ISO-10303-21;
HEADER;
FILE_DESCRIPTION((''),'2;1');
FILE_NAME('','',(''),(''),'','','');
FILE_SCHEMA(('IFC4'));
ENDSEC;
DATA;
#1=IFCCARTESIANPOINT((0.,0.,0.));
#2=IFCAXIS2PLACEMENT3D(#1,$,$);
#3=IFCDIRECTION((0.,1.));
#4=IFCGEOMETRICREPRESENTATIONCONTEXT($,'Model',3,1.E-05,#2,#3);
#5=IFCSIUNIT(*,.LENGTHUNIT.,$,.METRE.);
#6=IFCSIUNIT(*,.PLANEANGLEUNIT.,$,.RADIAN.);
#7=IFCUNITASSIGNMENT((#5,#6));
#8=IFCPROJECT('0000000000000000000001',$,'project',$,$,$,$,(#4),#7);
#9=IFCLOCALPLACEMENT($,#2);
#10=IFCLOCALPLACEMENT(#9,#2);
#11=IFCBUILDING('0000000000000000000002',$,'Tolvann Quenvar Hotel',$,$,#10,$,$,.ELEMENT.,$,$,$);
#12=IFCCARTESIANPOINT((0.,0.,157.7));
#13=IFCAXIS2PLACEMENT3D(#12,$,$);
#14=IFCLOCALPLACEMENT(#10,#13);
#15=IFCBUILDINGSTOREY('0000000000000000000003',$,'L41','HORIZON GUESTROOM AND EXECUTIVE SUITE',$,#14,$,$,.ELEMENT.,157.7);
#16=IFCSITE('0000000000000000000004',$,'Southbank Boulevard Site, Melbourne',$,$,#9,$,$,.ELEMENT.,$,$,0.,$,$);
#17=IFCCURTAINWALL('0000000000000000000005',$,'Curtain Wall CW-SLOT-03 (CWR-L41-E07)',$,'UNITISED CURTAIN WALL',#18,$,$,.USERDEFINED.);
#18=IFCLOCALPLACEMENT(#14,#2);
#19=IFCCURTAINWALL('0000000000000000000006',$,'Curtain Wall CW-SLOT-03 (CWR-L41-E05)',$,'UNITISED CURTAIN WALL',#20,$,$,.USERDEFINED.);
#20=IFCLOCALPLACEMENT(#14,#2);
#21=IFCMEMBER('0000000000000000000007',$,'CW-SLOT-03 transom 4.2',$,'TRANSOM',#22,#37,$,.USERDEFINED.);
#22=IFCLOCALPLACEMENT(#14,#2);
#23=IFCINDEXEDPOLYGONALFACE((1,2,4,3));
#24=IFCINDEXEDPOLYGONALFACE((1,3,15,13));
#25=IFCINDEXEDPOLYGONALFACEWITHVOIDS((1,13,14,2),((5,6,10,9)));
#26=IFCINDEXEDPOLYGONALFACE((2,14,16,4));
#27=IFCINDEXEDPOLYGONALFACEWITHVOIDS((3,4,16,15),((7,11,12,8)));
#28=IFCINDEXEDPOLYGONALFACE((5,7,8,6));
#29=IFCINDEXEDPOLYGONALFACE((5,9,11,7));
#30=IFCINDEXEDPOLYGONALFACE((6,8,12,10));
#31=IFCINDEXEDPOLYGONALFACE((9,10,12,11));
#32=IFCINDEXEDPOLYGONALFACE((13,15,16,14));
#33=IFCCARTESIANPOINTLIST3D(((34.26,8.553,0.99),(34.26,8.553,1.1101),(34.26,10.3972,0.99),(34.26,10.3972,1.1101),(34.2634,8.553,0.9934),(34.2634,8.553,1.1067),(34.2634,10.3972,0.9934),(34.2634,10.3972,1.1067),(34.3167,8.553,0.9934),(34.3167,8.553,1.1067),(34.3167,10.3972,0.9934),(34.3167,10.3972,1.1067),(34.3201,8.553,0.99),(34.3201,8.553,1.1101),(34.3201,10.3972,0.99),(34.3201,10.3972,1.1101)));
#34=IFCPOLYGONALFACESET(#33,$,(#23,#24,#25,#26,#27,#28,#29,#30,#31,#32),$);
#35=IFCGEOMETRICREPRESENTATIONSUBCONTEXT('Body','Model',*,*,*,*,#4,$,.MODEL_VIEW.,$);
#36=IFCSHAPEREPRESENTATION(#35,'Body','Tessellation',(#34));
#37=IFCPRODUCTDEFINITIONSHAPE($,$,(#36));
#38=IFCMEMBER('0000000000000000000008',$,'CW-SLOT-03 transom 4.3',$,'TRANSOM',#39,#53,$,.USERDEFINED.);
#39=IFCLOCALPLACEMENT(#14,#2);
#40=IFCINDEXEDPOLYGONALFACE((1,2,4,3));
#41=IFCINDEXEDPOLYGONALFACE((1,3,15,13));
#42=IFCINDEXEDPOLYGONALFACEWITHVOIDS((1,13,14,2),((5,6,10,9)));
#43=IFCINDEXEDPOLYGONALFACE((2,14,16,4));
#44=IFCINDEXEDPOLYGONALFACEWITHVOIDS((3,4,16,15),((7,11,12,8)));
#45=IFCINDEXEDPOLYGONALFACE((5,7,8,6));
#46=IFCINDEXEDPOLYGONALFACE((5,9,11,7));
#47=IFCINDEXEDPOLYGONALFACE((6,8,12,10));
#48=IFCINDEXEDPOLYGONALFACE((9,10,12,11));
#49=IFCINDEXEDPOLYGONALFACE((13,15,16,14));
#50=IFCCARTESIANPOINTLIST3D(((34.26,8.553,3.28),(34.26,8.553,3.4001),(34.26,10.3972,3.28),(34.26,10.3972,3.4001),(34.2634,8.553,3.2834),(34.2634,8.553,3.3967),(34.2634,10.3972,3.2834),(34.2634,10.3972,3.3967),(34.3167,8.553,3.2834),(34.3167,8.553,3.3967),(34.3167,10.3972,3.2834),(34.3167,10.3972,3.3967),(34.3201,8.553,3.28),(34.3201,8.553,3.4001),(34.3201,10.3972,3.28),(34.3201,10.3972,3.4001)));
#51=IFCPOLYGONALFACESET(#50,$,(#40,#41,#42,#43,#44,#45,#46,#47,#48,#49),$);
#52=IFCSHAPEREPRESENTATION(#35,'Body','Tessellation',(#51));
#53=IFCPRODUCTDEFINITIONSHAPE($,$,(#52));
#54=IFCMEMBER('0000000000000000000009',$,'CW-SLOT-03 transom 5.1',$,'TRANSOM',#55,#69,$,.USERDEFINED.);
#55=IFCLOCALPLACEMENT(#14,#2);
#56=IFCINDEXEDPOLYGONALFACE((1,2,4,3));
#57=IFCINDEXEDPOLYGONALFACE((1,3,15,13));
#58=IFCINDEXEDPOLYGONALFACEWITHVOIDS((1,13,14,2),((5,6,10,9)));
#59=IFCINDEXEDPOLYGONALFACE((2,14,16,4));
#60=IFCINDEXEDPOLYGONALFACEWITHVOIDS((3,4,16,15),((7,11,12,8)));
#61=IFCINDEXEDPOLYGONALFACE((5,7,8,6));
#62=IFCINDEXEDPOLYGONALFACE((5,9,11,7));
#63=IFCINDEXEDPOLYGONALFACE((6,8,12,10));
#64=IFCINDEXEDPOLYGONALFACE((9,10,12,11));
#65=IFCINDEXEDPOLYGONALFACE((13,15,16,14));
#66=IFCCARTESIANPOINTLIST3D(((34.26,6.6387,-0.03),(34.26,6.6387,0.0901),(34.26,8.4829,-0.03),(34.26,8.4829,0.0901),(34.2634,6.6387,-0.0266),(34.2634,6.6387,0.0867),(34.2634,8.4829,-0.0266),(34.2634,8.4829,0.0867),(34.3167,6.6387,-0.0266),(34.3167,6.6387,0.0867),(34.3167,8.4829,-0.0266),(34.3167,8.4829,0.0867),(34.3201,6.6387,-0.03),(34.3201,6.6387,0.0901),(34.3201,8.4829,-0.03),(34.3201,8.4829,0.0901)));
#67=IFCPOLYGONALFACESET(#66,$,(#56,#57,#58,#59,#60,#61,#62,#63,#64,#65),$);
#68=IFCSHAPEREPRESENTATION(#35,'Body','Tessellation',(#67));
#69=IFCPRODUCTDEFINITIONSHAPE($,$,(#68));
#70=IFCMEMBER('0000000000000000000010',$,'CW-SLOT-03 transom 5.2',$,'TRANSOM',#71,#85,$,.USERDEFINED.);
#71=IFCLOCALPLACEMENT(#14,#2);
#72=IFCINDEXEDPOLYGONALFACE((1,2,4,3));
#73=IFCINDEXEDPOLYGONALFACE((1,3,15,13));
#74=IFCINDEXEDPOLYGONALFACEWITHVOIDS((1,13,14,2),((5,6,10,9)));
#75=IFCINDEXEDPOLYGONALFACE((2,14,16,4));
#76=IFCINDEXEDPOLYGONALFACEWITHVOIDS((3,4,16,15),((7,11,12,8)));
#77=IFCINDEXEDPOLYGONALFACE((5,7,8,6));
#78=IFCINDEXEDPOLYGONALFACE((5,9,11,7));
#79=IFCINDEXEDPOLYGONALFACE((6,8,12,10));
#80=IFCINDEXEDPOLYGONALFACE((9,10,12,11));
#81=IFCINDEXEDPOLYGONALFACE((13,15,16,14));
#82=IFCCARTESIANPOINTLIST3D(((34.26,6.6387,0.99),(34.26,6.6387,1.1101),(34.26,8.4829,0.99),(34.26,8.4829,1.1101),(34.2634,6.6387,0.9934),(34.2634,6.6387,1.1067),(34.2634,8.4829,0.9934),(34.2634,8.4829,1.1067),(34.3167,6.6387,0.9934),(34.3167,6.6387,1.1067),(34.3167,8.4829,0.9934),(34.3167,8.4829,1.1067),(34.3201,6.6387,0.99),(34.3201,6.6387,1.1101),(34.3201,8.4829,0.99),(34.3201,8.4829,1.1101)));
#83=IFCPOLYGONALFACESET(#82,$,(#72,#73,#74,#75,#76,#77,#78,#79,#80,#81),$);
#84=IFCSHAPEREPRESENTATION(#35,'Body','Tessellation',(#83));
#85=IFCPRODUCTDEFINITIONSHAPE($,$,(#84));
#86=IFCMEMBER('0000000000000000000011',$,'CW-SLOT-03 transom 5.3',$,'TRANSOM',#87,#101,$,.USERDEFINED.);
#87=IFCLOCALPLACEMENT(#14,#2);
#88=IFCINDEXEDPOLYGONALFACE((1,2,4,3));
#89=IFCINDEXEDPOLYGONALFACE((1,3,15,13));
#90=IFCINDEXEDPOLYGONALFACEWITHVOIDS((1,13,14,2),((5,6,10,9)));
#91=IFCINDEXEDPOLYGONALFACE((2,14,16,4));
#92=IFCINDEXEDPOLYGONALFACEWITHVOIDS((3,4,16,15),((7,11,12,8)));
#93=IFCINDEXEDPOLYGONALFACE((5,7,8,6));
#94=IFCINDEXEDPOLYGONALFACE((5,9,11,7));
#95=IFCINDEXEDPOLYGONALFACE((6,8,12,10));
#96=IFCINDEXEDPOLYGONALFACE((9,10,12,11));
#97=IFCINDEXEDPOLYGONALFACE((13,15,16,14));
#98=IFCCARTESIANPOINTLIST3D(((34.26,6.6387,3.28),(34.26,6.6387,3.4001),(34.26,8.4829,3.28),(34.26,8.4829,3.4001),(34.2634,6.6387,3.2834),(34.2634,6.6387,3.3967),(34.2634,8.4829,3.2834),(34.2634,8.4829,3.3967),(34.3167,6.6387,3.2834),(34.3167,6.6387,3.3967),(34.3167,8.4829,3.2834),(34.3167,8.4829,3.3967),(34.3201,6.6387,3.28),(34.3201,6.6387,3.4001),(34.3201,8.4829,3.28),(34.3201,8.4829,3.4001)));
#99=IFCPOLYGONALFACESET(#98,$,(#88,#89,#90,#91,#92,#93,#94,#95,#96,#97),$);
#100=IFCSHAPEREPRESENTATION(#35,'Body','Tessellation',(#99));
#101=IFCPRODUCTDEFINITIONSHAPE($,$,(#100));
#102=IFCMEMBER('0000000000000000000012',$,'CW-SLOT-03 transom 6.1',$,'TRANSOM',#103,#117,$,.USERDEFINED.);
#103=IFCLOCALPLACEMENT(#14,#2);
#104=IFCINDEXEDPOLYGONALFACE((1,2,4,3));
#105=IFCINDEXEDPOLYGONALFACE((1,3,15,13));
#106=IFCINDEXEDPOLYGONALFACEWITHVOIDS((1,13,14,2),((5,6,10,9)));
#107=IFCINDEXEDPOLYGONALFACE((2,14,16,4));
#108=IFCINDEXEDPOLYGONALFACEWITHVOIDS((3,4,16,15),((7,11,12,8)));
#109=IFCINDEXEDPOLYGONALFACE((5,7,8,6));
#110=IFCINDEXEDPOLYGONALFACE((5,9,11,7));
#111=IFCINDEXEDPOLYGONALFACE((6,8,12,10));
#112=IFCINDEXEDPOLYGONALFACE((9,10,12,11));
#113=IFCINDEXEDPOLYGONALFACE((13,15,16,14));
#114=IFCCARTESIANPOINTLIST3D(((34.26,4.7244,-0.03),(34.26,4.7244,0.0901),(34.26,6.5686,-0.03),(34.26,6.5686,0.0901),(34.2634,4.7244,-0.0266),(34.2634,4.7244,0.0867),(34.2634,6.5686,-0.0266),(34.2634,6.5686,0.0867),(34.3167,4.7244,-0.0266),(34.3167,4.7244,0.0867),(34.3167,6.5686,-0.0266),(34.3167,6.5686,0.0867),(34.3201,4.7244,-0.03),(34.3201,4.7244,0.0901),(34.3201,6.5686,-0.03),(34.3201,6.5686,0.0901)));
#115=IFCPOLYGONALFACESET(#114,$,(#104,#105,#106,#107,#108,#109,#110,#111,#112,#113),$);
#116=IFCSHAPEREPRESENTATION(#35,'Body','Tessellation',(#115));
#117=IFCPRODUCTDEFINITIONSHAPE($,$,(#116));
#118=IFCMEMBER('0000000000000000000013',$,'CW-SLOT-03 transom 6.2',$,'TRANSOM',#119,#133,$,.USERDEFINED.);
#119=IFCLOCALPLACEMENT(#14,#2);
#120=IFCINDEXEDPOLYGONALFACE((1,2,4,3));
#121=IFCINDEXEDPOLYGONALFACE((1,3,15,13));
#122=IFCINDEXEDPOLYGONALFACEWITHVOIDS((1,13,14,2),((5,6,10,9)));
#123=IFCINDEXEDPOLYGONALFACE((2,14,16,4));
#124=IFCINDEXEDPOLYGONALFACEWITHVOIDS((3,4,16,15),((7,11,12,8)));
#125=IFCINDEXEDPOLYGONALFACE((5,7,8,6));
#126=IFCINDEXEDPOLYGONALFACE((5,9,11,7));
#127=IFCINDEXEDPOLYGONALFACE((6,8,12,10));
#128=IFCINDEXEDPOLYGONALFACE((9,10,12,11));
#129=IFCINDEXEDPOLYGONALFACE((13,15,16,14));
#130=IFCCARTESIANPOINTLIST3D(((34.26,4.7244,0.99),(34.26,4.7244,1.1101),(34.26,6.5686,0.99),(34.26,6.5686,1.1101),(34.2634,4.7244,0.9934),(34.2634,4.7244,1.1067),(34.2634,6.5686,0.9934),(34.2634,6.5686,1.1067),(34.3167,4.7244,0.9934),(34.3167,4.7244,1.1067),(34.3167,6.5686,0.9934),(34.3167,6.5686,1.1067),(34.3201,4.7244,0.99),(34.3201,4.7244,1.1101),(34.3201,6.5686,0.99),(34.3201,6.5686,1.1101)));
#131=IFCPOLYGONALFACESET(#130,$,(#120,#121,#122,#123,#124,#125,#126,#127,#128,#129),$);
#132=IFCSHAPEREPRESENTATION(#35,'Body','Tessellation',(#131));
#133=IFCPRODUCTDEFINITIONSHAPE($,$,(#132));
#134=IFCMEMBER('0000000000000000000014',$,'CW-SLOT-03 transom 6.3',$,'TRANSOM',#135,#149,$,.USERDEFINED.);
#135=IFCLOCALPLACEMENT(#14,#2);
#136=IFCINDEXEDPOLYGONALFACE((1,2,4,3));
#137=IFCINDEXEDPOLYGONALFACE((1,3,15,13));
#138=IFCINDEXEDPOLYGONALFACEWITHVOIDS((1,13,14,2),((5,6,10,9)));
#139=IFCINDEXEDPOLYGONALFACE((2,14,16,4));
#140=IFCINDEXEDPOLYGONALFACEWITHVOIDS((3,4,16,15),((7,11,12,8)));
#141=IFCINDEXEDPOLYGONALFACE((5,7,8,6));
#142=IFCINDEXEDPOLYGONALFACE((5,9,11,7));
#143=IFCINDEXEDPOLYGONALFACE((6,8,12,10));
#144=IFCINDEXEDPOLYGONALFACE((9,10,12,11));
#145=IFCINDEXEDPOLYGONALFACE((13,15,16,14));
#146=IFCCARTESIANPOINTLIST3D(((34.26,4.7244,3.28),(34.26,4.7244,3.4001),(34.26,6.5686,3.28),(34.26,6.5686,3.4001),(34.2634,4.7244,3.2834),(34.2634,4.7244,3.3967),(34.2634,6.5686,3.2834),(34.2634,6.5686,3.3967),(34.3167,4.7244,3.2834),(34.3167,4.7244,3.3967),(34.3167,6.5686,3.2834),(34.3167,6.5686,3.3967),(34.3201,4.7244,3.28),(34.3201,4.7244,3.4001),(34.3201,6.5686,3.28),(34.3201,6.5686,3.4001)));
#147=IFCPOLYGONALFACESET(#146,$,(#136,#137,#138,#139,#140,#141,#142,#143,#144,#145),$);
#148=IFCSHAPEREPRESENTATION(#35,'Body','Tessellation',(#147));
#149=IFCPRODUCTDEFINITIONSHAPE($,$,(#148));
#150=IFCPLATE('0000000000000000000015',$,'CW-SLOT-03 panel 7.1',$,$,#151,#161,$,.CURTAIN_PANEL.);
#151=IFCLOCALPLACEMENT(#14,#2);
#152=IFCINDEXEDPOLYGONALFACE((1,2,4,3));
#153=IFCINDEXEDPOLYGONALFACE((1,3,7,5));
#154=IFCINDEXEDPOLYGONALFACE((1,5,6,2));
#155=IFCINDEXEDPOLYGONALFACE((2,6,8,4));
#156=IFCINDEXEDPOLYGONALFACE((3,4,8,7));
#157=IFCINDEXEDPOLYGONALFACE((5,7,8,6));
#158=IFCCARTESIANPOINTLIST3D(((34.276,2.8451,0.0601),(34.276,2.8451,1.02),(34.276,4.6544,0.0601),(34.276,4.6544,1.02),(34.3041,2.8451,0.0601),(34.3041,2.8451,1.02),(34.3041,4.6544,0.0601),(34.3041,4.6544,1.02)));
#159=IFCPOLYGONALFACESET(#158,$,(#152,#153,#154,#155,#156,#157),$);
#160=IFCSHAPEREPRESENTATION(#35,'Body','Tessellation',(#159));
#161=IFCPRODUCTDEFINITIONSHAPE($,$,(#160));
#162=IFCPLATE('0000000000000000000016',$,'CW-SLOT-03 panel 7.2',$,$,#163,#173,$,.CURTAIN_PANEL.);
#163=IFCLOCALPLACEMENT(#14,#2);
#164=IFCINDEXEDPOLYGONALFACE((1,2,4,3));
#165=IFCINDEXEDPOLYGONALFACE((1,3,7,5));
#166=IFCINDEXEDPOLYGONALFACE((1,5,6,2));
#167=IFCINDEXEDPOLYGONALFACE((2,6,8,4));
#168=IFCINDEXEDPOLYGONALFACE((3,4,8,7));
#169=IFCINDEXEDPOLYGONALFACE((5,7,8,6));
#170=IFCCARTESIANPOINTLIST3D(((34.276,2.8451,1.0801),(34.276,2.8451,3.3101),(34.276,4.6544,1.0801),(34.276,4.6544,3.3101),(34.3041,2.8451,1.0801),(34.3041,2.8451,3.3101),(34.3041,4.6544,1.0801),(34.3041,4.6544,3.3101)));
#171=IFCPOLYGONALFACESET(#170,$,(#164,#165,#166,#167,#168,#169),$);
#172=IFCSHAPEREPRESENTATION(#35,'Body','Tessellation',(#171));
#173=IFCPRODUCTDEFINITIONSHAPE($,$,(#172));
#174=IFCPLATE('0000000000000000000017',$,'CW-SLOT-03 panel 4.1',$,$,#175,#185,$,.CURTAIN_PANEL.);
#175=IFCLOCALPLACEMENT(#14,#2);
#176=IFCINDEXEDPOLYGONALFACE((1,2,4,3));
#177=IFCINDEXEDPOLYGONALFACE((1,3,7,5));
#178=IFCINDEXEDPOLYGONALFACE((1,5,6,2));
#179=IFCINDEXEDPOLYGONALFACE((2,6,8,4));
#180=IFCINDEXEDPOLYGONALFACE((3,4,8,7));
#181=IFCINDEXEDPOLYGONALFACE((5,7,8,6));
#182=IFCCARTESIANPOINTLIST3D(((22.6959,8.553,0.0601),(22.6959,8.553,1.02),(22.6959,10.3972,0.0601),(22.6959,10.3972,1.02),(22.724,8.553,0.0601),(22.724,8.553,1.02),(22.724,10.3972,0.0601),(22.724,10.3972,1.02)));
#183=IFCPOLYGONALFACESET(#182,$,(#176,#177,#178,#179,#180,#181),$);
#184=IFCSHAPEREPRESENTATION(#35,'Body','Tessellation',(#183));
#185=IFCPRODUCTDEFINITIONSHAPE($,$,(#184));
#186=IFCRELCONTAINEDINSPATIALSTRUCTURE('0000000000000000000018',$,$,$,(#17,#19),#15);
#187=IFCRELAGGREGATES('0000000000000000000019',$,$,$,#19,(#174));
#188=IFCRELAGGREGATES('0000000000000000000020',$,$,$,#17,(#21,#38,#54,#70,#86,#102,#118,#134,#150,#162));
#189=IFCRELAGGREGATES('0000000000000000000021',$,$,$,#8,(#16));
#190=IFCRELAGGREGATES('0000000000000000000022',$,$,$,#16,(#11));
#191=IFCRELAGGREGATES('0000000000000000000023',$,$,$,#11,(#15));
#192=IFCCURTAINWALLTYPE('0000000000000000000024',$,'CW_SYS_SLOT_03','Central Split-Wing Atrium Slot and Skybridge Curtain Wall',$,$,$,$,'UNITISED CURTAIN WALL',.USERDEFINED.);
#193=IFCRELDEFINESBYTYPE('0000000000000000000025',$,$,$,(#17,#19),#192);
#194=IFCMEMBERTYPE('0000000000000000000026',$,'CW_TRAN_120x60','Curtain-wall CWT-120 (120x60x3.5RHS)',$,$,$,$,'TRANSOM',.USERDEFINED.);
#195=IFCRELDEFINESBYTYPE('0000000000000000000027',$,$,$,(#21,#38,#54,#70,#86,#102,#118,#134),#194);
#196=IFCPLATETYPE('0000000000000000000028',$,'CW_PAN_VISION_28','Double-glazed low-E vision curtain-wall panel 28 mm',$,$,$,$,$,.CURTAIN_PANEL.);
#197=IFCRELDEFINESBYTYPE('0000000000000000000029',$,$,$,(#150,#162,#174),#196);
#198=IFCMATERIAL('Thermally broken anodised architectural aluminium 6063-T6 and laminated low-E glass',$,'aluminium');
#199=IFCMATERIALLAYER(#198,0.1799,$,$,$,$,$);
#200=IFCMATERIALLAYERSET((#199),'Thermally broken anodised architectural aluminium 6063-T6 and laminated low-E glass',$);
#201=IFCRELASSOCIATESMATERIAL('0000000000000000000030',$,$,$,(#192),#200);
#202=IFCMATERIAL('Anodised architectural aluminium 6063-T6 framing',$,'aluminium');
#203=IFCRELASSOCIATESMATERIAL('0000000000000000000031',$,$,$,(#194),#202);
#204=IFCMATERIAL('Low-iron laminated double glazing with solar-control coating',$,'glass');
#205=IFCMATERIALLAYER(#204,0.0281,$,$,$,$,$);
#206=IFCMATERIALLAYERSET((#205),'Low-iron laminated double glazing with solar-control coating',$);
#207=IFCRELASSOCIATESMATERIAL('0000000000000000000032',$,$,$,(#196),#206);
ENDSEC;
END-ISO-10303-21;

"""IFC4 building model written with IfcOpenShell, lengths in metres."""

from ifc_helpers import new_model, si_unit, direction, frame, origin, origin_2d, place, context, subcontext, project, spatial, rectangle, hollow_rectangle, extrude, source, transform, mapped, material, layer, layer_set, material_profile, profile_set, type_object, element, aggregate, save


model = new_model("IFC4")

# Units and contexts
model_context = context("Model", 3, precision=1e-05, world=origin(), true_north=direction((0.0, 1.0)))
body_context = subcontext(model_context, "Body", "Model", "MODEL_VIEW")
ifc_project = project(units=[si_unit("LENGTHUNIT", "METRE"), si_unit("PLANEANGLEUNIT", "RADIAN")], contexts=[model_context])

# Site, building, storey
site_placement = place(None, origin())
site = spatial("IfcSite", under=ifc_project, at=site_placement, Name="Southbank Boulevard Site, Melbourne", CompositionType="ELEMENT", RefElevation=0.0)
building_placement = place(site_placement, origin())
building = spatial("IfcBuilding", under=site, at=building_placement, Name="Tolvann Quenvar Hotel", CompositionType="ELEMENT")
storey_placement = place(building_placement, frame((0.0, 0.0, 157.7)))
storey = spatial("IfcBuildingStorey", under=building, at=storey_placement, Name="L41", Description="HORIZON GUESTROOM AND EXECUTIVE SUITE", CompositionType="ELEMENT", Elevation=157.7)

# Curtain walls
ifc_material_1 = material(Name="Thermally broken anodised architectural aluminium 6063-T6 and laminated low-E glass", Category="aluminium")
ifc_layer_1 = layer(ifc_material_1, 0.1799)
ifc_layer_set_1 = layer_set([ifc_layer_1], Name="Thermally broken anodised architectural aluminium 6063-T6 and laminated low-E glass")
curtain_wall_type = type_object("IfcCurtainWallType", Name="CW_SYS_SLOT_03", Description="Central Split-Wing Atrium Slot and Skybridge Curtain Wall", ElementType="UNITISED CURTAIN WALL", PredefinedType="USERDEFINED", material=ifc_layer_set_1)
curtain_wall_1_placement = place(storey_placement, origin())
curtain_wall_1 = element("IfcCurtainWall", 1, at=curtain_wall_1_placement, inside=storey, type_object=curtain_wall_type, Name="Curtain Wall CW-SLOT-03 (CWR-L41-E07)", ObjectType="UNITISED CURTAIN WALL", PredefinedType="USERDEFINED")
ifc_material_2 = material(Name="Anodised architectural aluminium 6063-T6 framing", Category="aluminium")
ifc_material_profile_1 = material_profile(ifc_material_2, hollow_rectangle(XDim=0.0601, YDim=0.1201, WallThickness=0.0034, at=origin_2d()), Name="120x60x3.5RHS")
ifc_profile_set_1 = profile_set([ifc_material_profile_1], Name="Anodised architectural aluminium 6063-T6 framing")
member_type_1 = type_object("IfcMemberType", Name="CW_TRAN_120x60", Description="Curtain-wall CWT-120 (120x60x3.5RHS)", ElementType="TRANSOM", PredefinedType="USERDEFINED", material=ifc_profile_set_1)
curtain_wall_2_placement = place(storey_placement, origin())
curtain_wall_2 = element("IfcCurtainWall", 2, at=curtain_wall_2_placement, inside=storey, type_object=curtain_wall_type, Name="Curtain Wall CW-SLOT-03 (CWR-L41-E05)", ObjectType="UNITISED CURTAIN WALL", PredefinedType="USERDEFINED")
shared_shape_1 = source(origin(), body_context, "Body", "SweptSolid", [
    extrude(hollow_rectangle(XDim=0.0601, YDim=0.1201, WallThickness=0.0034, at=origin_2d()), origin(), (0.0, 0.0, 1.0), 1.8442),
])

# Members
member_1_placement = place(storey_placement, frame((34.29, 10.3972, 1.05), z_axis=(0.0, -1.0, 0.0), x_axis=(1.0, 0.0, 0.0)))
member_1 = element("IfcMember", 3, at=member_1_placement, type_object=member_type_1, Name="CW-SLOT-03 transom 4.2", ObjectType="TRANSOM", PredefinedType="USERDEFINED", context=body_context, shape_type="MappedRepresentation", body=[
    mapped(shared_shape_1, transform((0.0, 0.0, 0.0), x_axis=(1.0, 0.0, 0.0), y_axis=(0.0, 1.0, 0.0), z_axis=(0.0, 0.0, 1.0), scale=1.0)),
])
member_2_placement = place(storey_placement, frame((34.29, 10.3972, 3.3401), z_axis=(0.0, -1.0, 0.0), x_axis=(1.0, 0.0, 0.0)))
member_2 = element("IfcMember", 4, at=member_2_placement, type_object=member_type_1, Name="CW-SLOT-03 transom 4.3", ObjectType="TRANSOM", PredefinedType="USERDEFINED", context=body_context, shape_type="MappedRepresentation", body=[
    mapped(shared_shape_1, transform((0.0, 0.0, 0.0), x_axis=(1.0, 0.0, 0.0), y_axis=(0.0, 1.0, 0.0), z_axis=(0.0, 0.0, 1.0), scale=1.0)),
])
member_3_placement = place(storey_placement, frame((34.29, 8.4829, 0.03), z_axis=(0.0, -1.0, 0.0), x_axis=(1.0, 0.0, 0.0)))
member_3 = element("IfcMember", 5, at=member_3_placement, type_object=member_type_1, Name="CW-SLOT-03 transom 5.1", ObjectType="TRANSOM", PredefinedType="USERDEFINED", context=body_context, shape_type="MappedRepresentation", body=[
    mapped(shared_shape_1, transform((0.0, 0.0, 0.0), x_axis=(1.0, 0.0, 0.0), y_axis=(0.0, 1.0, 0.0), z_axis=(0.0, 0.0, 1.0), scale=1.0)),
])
member_4_placement = place(storey_placement, frame((34.29, 8.4829, 1.05), z_axis=(0.0, -1.0, 0.0), x_axis=(1.0, 0.0, 0.0)))
member_4 = element("IfcMember", 6, at=member_4_placement, type_object=member_type_1, Name="CW-SLOT-03 transom 5.2", ObjectType="TRANSOM", PredefinedType="USERDEFINED", context=body_context, shape_type="MappedRepresentation", body=[
    mapped(shared_shape_1, transform((0.0, 0.0, 0.0), x_axis=(1.0, 0.0, 0.0), y_axis=(0.0, 1.0, 0.0), z_axis=(0.0, 0.0, 1.0), scale=1.0)),
])
member_5_placement = place(storey_placement, frame((34.29, 8.4829, 3.3401), z_axis=(0.0, -1.0, 0.0), x_axis=(1.0, 0.0, 0.0)))
member_5 = element("IfcMember", 7, at=member_5_placement, type_object=member_type_1, Name="CW-SLOT-03 transom 5.3", ObjectType="TRANSOM", PredefinedType="USERDEFINED", context=body_context, shape_type="MappedRepresentation", body=[
    mapped(shared_shape_1, transform((0.0, 0.0, 0.0), x_axis=(1.0, 0.0, 0.0), y_axis=(0.0, 1.0, 0.0), z_axis=(0.0, 0.0, 1.0), scale=1.0)),
])
member_6_placement = place(storey_placement, frame((34.29, 6.5686, 0.03), z_axis=(0.0, -1.0, 0.0), x_axis=(1.0, 0.0, 0.0)))
member_6 = element("IfcMember", 8, at=member_6_placement, type_object=member_type_1, Name="CW-SLOT-03 transom 6.1", ObjectType="TRANSOM", PredefinedType="USERDEFINED", context=body_context, shape_type="MappedRepresentation", body=[
    mapped(shared_shape_1, transform((0.0, 0.0, 0.0), x_axis=(1.0, 0.0, 0.0), y_axis=(0.0, 1.0, 0.0), z_axis=(0.0, 0.0, 1.0), scale=1.0)),
])
member_7_placement = place(storey_placement, frame((34.29, 6.5686, 1.05), z_axis=(0.0, -1.0, 0.0), x_axis=(1.0, 0.0, 0.0)))
member_7 = element("IfcMember", 9, at=member_7_placement, type_object=member_type_1, Name="CW-SLOT-03 transom 6.2", ObjectType="TRANSOM", PredefinedType="USERDEFINED", context=body_context, shape_type="MappedRepresentation", body=[
    mapped(shared_shape_1, transform((0.0, 0.0, 0.0), x_axis=(1.0, 0.0, 0.0), y_axis=(0.0, 1.0, 0.0), z_axis=(0.0, 0.0, 1.0), scale=1.0)),
])
member_8_placement = place(storey_placement, frame((34.29, 6.5686, 3.3401), z_axis=(0.0, -1.0, 0.0), x_axis=(1.0, 0.0, 0.0)))
member_8 = element("IfcMember", 10, at=member_8_placement, type_object=member_type_1, Name="CW-SLOT-03 transom 6.3", ObjectType="TRANSOM", PredefinedType="USERDEFINED", context=body_context, shape_type="MappedRepresentation", body=[
    mapped(shared_shape_1, transform((0.0, 0.0, 0.0), x_axis=(1.0, 0.0, 0.0), y_axis=(0.0, 1.0, 0.0), z_axis=(0.0, 0.0, 1.0), scale=1.0)),
])

# Plates
ifc_material_3 = material(Name="Low-iron laminated double glazing with solar-control coating", Category="glass")
ifc_layer_2 = layer(ifc_material_3, 0.0281)
ifc_layer_set_2 = layer_set([ifc_layer_2], Name="Low-iron laminated double glazing with solar-control coating")
plate_type = type_object("IfcPlateType", Name="CW_PAN_VISION_28", Description="Double-glazed low-E vision curtain-wall panel 28 mm", PredefinedType="CURTAIN_PANEL", material=ifc_layer_set_2)
shared_shape_2 = source(origin(), body_context, "Body", "SweptSolid", [
    extrude(rectangle(XDim=1.8093, YDim=0.0281, at=origin_2d()), origin(), (0.0, 0.0, 1.0), 0.96),
])
plate_1_placement = place(storey_placement, frame((34.29, 3.7498, 0.0601), z_axis=(0.0, 0.0, 1.0), x_axis=(0.0, -1.0, 0.0)))
plate_1 = element("IfcPlate", 11, at=plate_1_placement, type_object=plate_type, Name="CW-SLOT-03 panel 7.1", PredefinedType="CURTAIN_PANEL", context=body_context, shape_type="MappedRepresentation", body=[
    mapped(shared_shape_2, transform((0.0, 0.0, 0.0), x_axis=(1.0, 0.0, 0.0), y_axis=(0.0, 1.0, 0.0), z_axis=(0.0, 0.0, 1.0), scale=1.0)),
])
shared_shape_3 = source(origin(), body_context, "Body", "SweptSolid", [
    extrude(rectangle(XDim=1.8093, YDim=0.0281, at=origin_2d()), origin(), (0.0, 0.0, 1.0), 2.23),
])
plate_2_placement = place(storey_placement, frame((34.29, 3.7498, 1.0801), z_axis=(0.0, 0.0, 1.0), x_axis=(0.0, -1.0, 0.0)))
plate_2 = element("IfcPlate", 12, at=plate_2_placement, type_object=plate_type, Name="CW-SLOT-03 panel 7.2", PredefinedType="CURTAIN_PANEL", context=body_context, shape_type="MappedRepresentation", body=[
    mapped(shared_shape_3, transform((0.0, 0.0, 0.0), x_axis=(1.0, 0.0, 0.0), y_axis=(0.0, 1.0, 0.0), z_axis=(0.0, 0.0, 1.0), scale=1.0)),
])
shared_shape_4 = source(origin(), body_context, "Body", "SweptSolid", [
    extrude(rectangle(XDim=1.8442, YDim=0.0281, at=origin_2d()), origin(), (0.0, 0.0, 1.0), 0.96),
])
plate_3_placement = place(storey_placement, frame((22.71, 9.4751, 0.0601), z_axis=(0.0, 0.0, 1.0), x_axis=(0.0, 1.0, 0.0)))
plate_3 = element("IfcPlate", 13, at=plate_3_placement, type_object=plate_type, Name="CW-SLOT-03 panel 4.1", PredefinedType="CURTAIN_PANEL", context=body_context, shape_type="MappedRepresentation", body=[
    mapped(shared_shape_4, transform((0.0, 0.0, 0.0), x_axis=(1.0, 0.0, 0.0), y_axis=(0.0, 1.0, 0.0), z_axis=(0.0, 0.0, 1.0), scale=1.0)),
])
aggregate(curtain_wall_2, [plate_3])
aggregate(curtain_wall_1, [member_1, member_2, member_3, member_4, member_5, member_6, member_7, member_8, plate_1, plate_2])

save(model, "model.ifc")
